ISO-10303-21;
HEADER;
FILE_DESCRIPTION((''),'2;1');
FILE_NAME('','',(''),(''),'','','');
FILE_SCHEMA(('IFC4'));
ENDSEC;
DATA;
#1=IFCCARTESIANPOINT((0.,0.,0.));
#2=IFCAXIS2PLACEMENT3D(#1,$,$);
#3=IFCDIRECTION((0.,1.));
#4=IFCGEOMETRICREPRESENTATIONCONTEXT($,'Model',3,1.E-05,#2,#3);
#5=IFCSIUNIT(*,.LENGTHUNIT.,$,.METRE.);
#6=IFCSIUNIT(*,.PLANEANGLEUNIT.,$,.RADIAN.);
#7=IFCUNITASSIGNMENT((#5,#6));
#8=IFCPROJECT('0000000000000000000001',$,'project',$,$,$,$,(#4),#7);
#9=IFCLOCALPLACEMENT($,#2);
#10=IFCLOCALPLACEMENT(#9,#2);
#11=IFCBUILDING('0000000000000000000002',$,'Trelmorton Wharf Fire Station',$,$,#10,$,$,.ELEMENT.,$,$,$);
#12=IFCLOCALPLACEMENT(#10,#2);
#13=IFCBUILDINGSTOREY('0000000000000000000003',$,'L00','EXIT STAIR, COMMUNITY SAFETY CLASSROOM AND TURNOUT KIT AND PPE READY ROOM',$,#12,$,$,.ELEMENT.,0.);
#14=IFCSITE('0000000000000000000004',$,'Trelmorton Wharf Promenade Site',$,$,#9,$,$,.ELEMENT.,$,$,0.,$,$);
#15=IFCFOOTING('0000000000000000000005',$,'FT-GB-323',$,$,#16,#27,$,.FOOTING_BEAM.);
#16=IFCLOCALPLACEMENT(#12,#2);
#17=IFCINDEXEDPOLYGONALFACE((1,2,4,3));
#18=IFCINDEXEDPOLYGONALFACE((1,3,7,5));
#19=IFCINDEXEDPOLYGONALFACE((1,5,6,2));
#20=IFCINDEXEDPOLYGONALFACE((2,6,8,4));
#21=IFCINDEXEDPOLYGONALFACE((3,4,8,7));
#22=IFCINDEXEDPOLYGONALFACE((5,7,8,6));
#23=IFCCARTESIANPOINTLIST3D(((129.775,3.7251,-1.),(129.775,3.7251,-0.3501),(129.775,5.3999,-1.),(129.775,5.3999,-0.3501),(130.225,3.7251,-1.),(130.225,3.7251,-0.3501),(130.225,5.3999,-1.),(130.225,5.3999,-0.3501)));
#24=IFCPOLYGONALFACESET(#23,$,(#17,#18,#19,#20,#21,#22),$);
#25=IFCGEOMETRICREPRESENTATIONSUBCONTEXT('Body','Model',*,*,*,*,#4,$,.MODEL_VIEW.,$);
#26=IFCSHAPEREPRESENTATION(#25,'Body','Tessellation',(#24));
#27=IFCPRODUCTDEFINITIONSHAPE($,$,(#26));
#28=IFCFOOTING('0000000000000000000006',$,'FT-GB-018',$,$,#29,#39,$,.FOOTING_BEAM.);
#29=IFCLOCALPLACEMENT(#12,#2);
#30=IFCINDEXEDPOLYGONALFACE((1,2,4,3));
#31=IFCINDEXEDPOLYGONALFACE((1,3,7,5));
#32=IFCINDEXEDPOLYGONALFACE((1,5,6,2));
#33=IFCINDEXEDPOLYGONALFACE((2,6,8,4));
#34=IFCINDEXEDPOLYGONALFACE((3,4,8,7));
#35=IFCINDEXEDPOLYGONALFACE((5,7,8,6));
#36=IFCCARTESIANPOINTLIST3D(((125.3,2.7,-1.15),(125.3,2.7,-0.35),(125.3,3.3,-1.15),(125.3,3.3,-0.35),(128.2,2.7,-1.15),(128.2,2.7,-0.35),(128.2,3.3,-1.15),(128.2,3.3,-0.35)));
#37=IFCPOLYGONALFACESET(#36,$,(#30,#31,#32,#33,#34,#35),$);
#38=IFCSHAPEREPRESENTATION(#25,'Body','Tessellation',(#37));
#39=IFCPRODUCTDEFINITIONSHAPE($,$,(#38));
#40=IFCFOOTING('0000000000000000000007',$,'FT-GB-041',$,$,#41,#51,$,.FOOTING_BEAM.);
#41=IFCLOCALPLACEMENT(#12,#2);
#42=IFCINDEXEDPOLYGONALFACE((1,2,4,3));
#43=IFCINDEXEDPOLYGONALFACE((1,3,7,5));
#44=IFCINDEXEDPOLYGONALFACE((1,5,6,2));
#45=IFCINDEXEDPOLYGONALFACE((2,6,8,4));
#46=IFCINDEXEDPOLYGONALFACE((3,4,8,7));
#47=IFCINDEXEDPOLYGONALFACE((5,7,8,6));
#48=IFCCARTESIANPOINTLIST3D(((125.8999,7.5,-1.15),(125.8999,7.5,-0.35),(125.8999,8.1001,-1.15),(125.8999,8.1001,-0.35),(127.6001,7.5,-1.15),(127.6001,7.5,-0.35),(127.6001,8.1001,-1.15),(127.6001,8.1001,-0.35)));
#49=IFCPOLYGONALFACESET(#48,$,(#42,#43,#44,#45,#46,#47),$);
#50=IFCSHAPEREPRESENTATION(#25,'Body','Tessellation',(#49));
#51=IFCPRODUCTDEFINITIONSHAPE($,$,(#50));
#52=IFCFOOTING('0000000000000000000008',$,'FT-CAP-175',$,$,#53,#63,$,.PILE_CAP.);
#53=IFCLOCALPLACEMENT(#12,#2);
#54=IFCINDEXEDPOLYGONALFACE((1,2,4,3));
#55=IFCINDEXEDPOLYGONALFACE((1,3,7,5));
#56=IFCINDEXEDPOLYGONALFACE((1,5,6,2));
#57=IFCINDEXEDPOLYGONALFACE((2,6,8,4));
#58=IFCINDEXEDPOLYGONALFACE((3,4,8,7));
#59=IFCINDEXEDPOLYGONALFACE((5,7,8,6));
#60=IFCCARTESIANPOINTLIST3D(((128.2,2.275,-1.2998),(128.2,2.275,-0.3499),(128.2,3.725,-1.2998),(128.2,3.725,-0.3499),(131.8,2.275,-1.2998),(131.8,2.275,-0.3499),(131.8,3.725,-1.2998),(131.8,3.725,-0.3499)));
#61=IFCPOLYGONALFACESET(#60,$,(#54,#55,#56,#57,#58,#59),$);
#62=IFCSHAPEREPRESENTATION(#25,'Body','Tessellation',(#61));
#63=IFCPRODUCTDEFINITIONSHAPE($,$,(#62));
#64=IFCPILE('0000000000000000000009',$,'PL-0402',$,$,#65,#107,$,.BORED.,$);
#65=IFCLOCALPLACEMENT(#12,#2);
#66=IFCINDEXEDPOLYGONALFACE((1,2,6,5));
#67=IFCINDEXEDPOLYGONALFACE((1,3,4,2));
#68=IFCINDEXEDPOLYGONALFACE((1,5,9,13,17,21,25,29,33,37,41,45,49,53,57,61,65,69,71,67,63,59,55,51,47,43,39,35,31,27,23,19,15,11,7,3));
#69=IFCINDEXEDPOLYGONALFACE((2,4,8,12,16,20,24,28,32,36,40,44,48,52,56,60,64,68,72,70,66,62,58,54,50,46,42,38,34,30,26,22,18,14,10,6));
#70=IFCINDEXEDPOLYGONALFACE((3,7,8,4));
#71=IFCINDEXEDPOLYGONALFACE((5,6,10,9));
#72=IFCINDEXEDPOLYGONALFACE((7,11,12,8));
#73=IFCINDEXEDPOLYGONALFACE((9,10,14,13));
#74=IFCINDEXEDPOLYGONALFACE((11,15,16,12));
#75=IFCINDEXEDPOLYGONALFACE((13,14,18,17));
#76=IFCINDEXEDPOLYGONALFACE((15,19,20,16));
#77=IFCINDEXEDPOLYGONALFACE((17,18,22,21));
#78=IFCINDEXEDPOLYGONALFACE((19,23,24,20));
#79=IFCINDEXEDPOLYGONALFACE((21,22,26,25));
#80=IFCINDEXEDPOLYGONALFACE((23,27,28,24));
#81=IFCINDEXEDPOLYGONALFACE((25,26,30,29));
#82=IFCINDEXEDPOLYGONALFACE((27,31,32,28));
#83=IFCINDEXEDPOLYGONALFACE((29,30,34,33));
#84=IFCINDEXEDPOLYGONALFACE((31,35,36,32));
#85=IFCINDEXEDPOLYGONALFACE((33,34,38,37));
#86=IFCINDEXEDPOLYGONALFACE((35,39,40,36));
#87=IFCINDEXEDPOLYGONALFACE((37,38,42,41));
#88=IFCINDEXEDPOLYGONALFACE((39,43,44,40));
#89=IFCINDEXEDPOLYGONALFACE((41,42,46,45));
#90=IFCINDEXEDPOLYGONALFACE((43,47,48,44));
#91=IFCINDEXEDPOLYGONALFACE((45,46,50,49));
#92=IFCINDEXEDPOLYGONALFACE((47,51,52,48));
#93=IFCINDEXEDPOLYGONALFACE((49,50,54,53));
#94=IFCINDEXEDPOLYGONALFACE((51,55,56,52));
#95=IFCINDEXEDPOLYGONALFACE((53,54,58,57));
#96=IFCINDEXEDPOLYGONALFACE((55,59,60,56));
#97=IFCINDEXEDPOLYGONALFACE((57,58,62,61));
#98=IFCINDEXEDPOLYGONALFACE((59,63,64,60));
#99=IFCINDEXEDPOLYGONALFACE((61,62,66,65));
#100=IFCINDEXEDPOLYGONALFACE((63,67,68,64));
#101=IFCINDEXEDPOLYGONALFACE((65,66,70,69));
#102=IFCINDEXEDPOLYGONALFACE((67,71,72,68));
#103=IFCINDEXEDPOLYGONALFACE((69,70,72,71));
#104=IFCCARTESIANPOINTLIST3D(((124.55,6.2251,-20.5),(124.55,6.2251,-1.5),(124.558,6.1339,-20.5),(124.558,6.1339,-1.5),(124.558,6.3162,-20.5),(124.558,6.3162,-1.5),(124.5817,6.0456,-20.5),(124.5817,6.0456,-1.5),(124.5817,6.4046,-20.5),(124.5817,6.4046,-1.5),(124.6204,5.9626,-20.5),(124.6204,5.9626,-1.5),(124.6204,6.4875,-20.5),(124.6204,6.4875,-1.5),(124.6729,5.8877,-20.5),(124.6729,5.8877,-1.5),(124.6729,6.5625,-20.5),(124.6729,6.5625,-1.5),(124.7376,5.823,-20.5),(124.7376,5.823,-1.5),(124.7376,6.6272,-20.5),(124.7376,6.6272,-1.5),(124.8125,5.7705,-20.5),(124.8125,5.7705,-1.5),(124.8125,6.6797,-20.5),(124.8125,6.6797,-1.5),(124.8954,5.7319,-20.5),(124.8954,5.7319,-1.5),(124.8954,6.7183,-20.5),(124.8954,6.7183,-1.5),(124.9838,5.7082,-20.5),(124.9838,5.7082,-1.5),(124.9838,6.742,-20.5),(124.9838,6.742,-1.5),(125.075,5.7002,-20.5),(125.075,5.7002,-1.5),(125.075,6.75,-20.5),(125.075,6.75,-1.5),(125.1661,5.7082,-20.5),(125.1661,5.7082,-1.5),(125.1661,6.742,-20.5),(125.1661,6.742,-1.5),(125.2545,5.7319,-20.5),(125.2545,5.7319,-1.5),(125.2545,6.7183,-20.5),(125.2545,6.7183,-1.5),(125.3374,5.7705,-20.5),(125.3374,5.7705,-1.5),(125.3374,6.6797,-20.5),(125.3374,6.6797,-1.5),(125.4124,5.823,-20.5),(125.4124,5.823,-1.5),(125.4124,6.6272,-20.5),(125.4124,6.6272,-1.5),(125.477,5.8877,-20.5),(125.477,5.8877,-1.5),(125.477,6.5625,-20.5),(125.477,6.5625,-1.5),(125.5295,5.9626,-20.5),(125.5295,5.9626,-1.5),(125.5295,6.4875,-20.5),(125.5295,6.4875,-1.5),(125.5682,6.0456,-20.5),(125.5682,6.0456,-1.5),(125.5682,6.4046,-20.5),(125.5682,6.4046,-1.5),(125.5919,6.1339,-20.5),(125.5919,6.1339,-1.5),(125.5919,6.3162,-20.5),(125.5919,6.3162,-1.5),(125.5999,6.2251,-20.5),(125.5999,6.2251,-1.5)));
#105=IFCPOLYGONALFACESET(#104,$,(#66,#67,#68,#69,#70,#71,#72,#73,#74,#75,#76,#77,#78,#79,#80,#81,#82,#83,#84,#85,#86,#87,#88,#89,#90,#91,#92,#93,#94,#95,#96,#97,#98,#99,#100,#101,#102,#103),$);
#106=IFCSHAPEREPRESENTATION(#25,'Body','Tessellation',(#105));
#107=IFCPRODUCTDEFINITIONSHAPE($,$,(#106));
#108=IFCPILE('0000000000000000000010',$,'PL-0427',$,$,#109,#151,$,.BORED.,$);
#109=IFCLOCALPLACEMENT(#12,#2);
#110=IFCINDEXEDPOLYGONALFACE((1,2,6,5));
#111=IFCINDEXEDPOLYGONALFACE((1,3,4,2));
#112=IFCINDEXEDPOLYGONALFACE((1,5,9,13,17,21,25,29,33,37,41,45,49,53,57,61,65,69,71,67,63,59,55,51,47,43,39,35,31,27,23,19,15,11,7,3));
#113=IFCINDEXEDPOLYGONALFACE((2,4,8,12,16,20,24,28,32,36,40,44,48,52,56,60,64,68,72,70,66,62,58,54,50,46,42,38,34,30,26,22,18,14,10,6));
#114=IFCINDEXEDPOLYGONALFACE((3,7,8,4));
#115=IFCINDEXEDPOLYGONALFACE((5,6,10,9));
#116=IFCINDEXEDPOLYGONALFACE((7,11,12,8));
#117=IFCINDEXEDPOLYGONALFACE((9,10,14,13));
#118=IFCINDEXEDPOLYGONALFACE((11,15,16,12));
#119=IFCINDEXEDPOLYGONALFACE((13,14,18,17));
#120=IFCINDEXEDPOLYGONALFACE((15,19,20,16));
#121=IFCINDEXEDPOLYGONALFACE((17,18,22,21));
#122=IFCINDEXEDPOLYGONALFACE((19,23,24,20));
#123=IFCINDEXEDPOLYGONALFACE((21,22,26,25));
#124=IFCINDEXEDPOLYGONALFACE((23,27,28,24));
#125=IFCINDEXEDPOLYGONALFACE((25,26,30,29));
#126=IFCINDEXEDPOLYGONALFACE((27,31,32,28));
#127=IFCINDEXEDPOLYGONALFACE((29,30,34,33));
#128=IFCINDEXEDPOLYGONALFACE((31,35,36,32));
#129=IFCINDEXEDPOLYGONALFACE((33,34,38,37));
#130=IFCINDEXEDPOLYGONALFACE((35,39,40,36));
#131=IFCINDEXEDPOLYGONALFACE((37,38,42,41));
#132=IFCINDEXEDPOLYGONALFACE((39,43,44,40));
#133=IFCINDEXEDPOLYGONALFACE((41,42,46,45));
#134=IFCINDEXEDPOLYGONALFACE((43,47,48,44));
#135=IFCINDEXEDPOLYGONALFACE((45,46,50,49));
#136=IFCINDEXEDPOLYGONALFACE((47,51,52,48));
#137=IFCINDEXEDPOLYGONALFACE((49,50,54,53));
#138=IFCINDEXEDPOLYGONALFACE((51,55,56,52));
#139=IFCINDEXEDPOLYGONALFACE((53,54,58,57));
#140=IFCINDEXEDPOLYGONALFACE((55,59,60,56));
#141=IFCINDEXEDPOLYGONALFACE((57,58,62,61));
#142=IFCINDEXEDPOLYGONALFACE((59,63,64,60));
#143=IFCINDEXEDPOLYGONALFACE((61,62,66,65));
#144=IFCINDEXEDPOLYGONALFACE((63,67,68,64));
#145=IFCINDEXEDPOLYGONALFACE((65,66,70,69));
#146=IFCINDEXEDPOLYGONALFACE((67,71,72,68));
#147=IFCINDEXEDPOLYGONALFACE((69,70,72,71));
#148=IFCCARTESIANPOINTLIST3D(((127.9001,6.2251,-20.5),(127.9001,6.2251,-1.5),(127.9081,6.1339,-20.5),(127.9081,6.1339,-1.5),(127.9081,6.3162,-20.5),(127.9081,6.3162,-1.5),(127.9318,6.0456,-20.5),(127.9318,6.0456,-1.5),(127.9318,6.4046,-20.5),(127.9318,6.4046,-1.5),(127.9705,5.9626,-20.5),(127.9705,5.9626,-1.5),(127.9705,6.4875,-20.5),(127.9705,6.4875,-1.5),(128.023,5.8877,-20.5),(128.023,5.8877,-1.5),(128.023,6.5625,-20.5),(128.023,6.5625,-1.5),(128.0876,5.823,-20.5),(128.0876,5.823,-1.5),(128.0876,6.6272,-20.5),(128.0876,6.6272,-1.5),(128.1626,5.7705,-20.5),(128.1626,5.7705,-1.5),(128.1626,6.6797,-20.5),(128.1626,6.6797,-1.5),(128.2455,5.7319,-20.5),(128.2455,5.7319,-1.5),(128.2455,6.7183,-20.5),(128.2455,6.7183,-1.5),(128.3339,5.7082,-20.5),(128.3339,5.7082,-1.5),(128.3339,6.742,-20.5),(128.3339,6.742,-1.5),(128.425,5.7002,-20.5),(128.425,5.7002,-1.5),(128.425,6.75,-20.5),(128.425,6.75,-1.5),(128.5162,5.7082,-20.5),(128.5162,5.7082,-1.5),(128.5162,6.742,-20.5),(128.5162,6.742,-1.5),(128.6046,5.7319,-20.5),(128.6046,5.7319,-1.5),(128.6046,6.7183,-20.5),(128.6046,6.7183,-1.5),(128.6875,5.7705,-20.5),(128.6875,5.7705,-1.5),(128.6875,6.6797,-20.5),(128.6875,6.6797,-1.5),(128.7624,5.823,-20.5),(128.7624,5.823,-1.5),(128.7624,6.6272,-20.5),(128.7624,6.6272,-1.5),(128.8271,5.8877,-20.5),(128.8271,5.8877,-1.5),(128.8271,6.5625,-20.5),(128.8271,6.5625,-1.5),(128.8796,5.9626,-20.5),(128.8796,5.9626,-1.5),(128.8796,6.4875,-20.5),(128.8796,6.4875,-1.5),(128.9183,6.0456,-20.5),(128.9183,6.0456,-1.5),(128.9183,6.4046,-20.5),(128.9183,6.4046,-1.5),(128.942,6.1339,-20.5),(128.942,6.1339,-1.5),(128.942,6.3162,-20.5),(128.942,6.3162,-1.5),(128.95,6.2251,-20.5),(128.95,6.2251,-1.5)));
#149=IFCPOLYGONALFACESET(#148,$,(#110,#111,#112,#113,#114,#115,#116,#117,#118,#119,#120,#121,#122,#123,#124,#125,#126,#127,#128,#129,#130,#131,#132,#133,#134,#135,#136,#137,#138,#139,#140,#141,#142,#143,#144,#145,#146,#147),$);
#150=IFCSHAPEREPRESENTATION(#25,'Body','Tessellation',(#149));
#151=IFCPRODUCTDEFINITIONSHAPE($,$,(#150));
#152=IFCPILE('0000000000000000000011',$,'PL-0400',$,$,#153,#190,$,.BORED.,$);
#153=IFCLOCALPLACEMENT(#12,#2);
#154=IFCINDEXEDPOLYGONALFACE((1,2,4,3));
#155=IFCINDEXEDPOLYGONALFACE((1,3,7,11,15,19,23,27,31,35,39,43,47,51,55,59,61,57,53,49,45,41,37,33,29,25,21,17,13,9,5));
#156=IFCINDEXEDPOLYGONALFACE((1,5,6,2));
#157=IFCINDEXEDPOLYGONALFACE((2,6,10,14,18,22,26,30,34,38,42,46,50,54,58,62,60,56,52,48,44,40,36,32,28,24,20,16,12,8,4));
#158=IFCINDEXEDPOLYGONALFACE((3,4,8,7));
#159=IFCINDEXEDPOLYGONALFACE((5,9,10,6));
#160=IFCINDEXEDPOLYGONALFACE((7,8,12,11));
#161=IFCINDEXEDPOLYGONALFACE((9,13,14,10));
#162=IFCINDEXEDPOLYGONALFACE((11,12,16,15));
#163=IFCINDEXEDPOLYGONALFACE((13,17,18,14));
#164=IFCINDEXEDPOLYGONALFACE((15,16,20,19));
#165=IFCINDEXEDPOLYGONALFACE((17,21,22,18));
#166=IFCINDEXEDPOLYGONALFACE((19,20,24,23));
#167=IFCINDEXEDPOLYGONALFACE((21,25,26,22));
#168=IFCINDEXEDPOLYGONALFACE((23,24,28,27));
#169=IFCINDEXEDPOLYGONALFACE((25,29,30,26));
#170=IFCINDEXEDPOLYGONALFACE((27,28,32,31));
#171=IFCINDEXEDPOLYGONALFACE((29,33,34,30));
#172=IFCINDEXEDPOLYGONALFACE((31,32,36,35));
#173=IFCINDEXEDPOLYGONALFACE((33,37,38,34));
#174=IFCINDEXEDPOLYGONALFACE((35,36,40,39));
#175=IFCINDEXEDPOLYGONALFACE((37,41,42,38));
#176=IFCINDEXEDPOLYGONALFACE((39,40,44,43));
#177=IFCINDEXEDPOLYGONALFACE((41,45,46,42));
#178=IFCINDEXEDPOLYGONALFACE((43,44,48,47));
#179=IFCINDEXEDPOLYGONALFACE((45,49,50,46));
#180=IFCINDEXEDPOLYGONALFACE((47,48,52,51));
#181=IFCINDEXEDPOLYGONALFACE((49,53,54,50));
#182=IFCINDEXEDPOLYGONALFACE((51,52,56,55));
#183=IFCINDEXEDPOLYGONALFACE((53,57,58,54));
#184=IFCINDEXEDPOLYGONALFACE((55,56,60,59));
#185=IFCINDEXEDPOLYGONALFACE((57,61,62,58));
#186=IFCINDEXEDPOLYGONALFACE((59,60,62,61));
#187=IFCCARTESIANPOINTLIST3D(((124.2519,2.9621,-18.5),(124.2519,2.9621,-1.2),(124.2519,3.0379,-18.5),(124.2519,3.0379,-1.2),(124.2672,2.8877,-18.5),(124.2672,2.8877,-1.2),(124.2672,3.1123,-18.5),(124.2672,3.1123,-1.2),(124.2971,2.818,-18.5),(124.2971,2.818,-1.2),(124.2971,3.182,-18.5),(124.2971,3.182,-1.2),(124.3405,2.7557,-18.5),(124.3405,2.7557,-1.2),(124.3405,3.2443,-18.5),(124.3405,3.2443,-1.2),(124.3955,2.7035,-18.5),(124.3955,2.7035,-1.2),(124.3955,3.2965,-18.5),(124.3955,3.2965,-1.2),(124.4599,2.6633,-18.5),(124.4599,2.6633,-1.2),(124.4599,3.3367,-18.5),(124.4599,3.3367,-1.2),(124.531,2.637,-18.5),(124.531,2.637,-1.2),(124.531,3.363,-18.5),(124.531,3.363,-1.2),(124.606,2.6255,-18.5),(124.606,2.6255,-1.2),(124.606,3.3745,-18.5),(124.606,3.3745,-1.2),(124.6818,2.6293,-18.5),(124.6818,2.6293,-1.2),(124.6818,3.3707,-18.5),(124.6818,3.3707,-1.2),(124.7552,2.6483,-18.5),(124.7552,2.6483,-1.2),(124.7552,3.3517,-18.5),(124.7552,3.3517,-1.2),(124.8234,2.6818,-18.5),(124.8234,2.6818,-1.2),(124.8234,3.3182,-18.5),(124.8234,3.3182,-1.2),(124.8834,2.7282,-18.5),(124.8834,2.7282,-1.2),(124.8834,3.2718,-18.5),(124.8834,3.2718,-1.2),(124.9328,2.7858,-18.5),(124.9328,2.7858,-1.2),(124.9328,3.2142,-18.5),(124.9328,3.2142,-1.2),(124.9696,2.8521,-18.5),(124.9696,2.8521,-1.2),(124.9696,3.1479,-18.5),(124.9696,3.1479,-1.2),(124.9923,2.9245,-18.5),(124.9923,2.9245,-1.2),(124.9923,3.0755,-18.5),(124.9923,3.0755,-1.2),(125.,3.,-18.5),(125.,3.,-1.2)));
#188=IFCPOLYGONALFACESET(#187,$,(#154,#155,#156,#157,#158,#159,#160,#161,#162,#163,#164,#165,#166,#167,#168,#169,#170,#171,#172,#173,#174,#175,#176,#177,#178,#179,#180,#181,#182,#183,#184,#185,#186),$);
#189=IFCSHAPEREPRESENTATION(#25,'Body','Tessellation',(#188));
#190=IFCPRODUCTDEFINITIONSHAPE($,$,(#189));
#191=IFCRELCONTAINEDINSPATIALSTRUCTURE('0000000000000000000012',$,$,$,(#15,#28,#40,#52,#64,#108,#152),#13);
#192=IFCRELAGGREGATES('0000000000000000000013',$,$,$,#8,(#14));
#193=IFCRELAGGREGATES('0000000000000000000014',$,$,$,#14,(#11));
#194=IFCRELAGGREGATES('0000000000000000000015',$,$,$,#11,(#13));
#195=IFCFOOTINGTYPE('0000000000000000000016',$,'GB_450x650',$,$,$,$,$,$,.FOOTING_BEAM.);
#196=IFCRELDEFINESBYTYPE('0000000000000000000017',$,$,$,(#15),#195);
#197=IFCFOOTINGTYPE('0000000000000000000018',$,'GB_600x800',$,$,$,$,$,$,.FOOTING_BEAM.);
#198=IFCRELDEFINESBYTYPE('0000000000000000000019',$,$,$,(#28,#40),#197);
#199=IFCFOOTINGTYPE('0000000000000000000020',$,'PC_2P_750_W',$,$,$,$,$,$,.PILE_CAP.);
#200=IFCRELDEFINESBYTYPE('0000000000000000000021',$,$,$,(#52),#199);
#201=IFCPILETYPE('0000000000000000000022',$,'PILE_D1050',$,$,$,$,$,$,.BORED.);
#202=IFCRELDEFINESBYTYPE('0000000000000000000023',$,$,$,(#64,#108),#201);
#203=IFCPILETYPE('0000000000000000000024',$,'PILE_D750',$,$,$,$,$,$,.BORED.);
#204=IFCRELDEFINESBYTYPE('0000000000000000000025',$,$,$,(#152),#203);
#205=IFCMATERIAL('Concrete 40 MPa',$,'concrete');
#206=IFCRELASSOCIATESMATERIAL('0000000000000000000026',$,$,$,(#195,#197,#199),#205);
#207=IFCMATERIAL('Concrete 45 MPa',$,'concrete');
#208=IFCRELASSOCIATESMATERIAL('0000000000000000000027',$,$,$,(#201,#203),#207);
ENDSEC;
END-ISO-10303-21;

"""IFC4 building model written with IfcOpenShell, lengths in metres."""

from ifc_helpers import new_model, si_unit, direction, frame, origin, origin_2d, place, context, subcontext, project, spatial, rectangle, circle, extrude, material, material_profile, profile_set, type_object, element, save


model = new_model("IFC4")

# Units and contexts
model_context = context("Model", 3, precision=1e-05, world=origin(), true_north=direction((0.0, 1.0)))
body_context = subcontext(model_context, "Body", "Model", "MODEL_VIEW")
ifc_project = project(units=[si_unit("LENGTHUNIT", "METRE"), si_unit("PLANEANGLEUNIT", "RADIAN")], contexts=[model_context])

# Site, building, storey
site_placement = place(None, origin())
site = spatial("IfcSite", under=ifc_project, at=site_placement, Name="Trelmorton Wharf Promenade Site", CompositionType="ELEMENT", RefElevation=0.0)
building_placement = place(site_placement, origin())
building = spatial("IfcBuilding", under=site, at=building_placement, Name="Trelmorton Wharf Fire Station", CompositionType="ELEMENT")
storey_placement = place(building_placement, origin())
storey = spatial("IfcBuildingStorey", under=building, at=storey_placement, Name="L00", Description="EXIT STAIR, COMMUNITY SAFETY CLASSROOM AND TURNOUT KIT AND PPE READY ROOM", CompositionType="ELEMENT", Elevation=0.0)

# Footings
ifc_material_1 = material(Name="Concrete 40 MPa", Category="concrete")
ifc_material_profile_1 = material_profile(ifc_material_1, rectangle(XDim=0.45, YDim=0.6499, at=origin_2d()), Name="RC450x650")
ifc_profile_set_1 = profile_set([ifc_material_profile_1], Name="Concrete 40 MPa")
footing_type_1 = type_object("IfcFootingType", Name="GB_450x650", PredefinedType="FOOTING_BEAM", material=ifc_profile_set_1)
footing_1_placement = place(storey_placement, frame((130.0, 3.7251, -0.675), z_axis=(0.0, 1.0, 0.0), x_axis=(-1.0, 0.0, 0.0)))
element("IfcFooting", 1, at=footing_1_placement, inside=storey, type_object=footing_type_1, Name="FT-GB-323", PredefinedType="FOOTING_BEAM", context=body_context, shape_type="SweptSolid", body=[
    extrude(rectangle(XDim=0.45, YDim=0.6499, at=origin_2d()), origin(), (0.0, 0.0, 1.0), 1.6748),
])
ifc_material_profile_2 = material_profile(ifc_material_1, rectangle(XDim=0.6001, YDim=0.8, at=origin_2d()), Name="RC600x800")
ifc_profile_set_2 = profile_set([ifc_material_profile_2], Name="Concrete 40 MPa")
footing_type_2 = type_object("IfcFootingType", Name="GB_600x800", PredefinedType="FOOTING_BEAM", material=ifc_profile_set_2)
footing_2_placement = place(storey_placement, frame((125.3, 3.0, -0.75), z_axis=(1.0, 0.0, 0.0), x_axis=(0.0, 1.0, 0.0)))
element("IfcFooting", 2, at=footing_2_placement, inside=storey, type_object=footing_type_2, Name="FT-GB-018", PredefinedType="FOOTING_BEAM", context=body_context, shape_type="SweptSolid", body=[
    extrude(rectangle(XDim=0.6001, YDim=0.8, at=origin_2d()), origin(), (0.0, 0.0, 1.0), 2.8999),
])
footing_3_placement = place(storey_placement, frame((125.8999, 7.8, -0.75), z_axis=(1.0, 0.0, 0.0), x_axis=(0.0, 1.0, 0.0)))
element("IfcFooting", 3, at=footing_3_placement, inside=storey, type_object=footing_type_2, Name="FT-GB-041", PredefinedType="FOOTING_BEAM", context=body_context, shape_type="SweptSolid", body=[
    extrude(rectangle(XDim=0.6001, YDim=0.8, at=origin_2d()), origin(), (0.0, 0.0, 1.0), 1.7002),
])
footing_type_3 = type_object("IfcFootingType", Name="PC_2P_750_W", PredefinedType="PILE_CAP", material=ifc_material_1)
footing_4_placement = place(storey_placement, frame((130.0, 3.0, -1.2998), z_axis=(0.0, 0.0, 1.0), x_axis=(1.0, 0.0, 0.0)))
element("IfcFooting", 4, at=footing_4_placement, inside=storey, type_object=footing_type_3, Name="FT-CAP-175", PredefinedType="PILE_CAP", context=body_context, shape_type="SweptSolid", body=[
    extrude(rectangle(XDim=3.6001, YDim=1.45, at=origin_2d()), origin(), (0.0, 0.0, 1.0), 0.95),
])

# Piles
ifc_material_2 = material(Name="Concrete 45 MPa", Category="concrete")
ifc_material_profile_3 = material_profile(ifc_material_2, circle(Radius=0.5249, at=origin_2d()), Name="PILE-D1050")
ifc_profile_set_3 = profile_set([ifc_material_profile_3], Name="Concrete 45 MPa")
pile_type_1 = type_object("IfcPileType", Name="PILE_D1050", PredefinedType="BORED", material=ifc_profile_set_3)
for number, where, z_axis, x_axis, name in (
    (5, (125.075, 6.2251, -1.5), (0.0, 0.0, -1.0), (1.0, 0.0, 0.0), "PL-0402"),
    (6, (128.425, 6.2251, -1.5), (0.0, 0.0, -1.0), (1.0, 0.0, 0.0), "PL-0427"),
):
    element("IfcPile", number, at=place(storey_placement, frame(where, z_axis=z_axis, x_axis=x_axis)), inside=storey, type_object=pile_type_1, Name=name, PredefinedType="BORED", context=body_context, shape_type="SweptSolid", body=[
        extrude(circle(Radius=0.5249, at=origin_2d()), origin(), (0.0, 0.0, 1.0), 19.0),
    ])
ifc_material_profile_4 = material_profile(ifc_material_2, circle(Radius=0.375, at=origin_2d()), Name="PILE-D750")
ifc_profile_set_4 = profile_set([ifc_material_profile_4], Name="Concrete 45 MPa")
pile_type_2 = type_object("IfcPileType", Name="PILE_D750", PredefinedType="BORED", material=ifc_profile_set_4)
for number, where, z_axis, x_axis, name in (
    (7, (124.625, 3.0, -1.2), (0.0, 0.0, -1.0), (1.0, 0.0, 0.0), "PL-0400"),
):
    element("IfcPile", number, at=place(storey_placement, frame(where, z_axis=z_axis, x_axis=x_axis)), inside=storey, type_object=pile_type_2, Name=name, PredefinedType="BORED", context=body_context, shape_type="SweptSolid", body=[
        extrude(circle(Radius=0.375, at=origin_2d()), origin(), (0.0, 0.0, 1.0), 17.3),
    ])

save(model, "model.ifc")
